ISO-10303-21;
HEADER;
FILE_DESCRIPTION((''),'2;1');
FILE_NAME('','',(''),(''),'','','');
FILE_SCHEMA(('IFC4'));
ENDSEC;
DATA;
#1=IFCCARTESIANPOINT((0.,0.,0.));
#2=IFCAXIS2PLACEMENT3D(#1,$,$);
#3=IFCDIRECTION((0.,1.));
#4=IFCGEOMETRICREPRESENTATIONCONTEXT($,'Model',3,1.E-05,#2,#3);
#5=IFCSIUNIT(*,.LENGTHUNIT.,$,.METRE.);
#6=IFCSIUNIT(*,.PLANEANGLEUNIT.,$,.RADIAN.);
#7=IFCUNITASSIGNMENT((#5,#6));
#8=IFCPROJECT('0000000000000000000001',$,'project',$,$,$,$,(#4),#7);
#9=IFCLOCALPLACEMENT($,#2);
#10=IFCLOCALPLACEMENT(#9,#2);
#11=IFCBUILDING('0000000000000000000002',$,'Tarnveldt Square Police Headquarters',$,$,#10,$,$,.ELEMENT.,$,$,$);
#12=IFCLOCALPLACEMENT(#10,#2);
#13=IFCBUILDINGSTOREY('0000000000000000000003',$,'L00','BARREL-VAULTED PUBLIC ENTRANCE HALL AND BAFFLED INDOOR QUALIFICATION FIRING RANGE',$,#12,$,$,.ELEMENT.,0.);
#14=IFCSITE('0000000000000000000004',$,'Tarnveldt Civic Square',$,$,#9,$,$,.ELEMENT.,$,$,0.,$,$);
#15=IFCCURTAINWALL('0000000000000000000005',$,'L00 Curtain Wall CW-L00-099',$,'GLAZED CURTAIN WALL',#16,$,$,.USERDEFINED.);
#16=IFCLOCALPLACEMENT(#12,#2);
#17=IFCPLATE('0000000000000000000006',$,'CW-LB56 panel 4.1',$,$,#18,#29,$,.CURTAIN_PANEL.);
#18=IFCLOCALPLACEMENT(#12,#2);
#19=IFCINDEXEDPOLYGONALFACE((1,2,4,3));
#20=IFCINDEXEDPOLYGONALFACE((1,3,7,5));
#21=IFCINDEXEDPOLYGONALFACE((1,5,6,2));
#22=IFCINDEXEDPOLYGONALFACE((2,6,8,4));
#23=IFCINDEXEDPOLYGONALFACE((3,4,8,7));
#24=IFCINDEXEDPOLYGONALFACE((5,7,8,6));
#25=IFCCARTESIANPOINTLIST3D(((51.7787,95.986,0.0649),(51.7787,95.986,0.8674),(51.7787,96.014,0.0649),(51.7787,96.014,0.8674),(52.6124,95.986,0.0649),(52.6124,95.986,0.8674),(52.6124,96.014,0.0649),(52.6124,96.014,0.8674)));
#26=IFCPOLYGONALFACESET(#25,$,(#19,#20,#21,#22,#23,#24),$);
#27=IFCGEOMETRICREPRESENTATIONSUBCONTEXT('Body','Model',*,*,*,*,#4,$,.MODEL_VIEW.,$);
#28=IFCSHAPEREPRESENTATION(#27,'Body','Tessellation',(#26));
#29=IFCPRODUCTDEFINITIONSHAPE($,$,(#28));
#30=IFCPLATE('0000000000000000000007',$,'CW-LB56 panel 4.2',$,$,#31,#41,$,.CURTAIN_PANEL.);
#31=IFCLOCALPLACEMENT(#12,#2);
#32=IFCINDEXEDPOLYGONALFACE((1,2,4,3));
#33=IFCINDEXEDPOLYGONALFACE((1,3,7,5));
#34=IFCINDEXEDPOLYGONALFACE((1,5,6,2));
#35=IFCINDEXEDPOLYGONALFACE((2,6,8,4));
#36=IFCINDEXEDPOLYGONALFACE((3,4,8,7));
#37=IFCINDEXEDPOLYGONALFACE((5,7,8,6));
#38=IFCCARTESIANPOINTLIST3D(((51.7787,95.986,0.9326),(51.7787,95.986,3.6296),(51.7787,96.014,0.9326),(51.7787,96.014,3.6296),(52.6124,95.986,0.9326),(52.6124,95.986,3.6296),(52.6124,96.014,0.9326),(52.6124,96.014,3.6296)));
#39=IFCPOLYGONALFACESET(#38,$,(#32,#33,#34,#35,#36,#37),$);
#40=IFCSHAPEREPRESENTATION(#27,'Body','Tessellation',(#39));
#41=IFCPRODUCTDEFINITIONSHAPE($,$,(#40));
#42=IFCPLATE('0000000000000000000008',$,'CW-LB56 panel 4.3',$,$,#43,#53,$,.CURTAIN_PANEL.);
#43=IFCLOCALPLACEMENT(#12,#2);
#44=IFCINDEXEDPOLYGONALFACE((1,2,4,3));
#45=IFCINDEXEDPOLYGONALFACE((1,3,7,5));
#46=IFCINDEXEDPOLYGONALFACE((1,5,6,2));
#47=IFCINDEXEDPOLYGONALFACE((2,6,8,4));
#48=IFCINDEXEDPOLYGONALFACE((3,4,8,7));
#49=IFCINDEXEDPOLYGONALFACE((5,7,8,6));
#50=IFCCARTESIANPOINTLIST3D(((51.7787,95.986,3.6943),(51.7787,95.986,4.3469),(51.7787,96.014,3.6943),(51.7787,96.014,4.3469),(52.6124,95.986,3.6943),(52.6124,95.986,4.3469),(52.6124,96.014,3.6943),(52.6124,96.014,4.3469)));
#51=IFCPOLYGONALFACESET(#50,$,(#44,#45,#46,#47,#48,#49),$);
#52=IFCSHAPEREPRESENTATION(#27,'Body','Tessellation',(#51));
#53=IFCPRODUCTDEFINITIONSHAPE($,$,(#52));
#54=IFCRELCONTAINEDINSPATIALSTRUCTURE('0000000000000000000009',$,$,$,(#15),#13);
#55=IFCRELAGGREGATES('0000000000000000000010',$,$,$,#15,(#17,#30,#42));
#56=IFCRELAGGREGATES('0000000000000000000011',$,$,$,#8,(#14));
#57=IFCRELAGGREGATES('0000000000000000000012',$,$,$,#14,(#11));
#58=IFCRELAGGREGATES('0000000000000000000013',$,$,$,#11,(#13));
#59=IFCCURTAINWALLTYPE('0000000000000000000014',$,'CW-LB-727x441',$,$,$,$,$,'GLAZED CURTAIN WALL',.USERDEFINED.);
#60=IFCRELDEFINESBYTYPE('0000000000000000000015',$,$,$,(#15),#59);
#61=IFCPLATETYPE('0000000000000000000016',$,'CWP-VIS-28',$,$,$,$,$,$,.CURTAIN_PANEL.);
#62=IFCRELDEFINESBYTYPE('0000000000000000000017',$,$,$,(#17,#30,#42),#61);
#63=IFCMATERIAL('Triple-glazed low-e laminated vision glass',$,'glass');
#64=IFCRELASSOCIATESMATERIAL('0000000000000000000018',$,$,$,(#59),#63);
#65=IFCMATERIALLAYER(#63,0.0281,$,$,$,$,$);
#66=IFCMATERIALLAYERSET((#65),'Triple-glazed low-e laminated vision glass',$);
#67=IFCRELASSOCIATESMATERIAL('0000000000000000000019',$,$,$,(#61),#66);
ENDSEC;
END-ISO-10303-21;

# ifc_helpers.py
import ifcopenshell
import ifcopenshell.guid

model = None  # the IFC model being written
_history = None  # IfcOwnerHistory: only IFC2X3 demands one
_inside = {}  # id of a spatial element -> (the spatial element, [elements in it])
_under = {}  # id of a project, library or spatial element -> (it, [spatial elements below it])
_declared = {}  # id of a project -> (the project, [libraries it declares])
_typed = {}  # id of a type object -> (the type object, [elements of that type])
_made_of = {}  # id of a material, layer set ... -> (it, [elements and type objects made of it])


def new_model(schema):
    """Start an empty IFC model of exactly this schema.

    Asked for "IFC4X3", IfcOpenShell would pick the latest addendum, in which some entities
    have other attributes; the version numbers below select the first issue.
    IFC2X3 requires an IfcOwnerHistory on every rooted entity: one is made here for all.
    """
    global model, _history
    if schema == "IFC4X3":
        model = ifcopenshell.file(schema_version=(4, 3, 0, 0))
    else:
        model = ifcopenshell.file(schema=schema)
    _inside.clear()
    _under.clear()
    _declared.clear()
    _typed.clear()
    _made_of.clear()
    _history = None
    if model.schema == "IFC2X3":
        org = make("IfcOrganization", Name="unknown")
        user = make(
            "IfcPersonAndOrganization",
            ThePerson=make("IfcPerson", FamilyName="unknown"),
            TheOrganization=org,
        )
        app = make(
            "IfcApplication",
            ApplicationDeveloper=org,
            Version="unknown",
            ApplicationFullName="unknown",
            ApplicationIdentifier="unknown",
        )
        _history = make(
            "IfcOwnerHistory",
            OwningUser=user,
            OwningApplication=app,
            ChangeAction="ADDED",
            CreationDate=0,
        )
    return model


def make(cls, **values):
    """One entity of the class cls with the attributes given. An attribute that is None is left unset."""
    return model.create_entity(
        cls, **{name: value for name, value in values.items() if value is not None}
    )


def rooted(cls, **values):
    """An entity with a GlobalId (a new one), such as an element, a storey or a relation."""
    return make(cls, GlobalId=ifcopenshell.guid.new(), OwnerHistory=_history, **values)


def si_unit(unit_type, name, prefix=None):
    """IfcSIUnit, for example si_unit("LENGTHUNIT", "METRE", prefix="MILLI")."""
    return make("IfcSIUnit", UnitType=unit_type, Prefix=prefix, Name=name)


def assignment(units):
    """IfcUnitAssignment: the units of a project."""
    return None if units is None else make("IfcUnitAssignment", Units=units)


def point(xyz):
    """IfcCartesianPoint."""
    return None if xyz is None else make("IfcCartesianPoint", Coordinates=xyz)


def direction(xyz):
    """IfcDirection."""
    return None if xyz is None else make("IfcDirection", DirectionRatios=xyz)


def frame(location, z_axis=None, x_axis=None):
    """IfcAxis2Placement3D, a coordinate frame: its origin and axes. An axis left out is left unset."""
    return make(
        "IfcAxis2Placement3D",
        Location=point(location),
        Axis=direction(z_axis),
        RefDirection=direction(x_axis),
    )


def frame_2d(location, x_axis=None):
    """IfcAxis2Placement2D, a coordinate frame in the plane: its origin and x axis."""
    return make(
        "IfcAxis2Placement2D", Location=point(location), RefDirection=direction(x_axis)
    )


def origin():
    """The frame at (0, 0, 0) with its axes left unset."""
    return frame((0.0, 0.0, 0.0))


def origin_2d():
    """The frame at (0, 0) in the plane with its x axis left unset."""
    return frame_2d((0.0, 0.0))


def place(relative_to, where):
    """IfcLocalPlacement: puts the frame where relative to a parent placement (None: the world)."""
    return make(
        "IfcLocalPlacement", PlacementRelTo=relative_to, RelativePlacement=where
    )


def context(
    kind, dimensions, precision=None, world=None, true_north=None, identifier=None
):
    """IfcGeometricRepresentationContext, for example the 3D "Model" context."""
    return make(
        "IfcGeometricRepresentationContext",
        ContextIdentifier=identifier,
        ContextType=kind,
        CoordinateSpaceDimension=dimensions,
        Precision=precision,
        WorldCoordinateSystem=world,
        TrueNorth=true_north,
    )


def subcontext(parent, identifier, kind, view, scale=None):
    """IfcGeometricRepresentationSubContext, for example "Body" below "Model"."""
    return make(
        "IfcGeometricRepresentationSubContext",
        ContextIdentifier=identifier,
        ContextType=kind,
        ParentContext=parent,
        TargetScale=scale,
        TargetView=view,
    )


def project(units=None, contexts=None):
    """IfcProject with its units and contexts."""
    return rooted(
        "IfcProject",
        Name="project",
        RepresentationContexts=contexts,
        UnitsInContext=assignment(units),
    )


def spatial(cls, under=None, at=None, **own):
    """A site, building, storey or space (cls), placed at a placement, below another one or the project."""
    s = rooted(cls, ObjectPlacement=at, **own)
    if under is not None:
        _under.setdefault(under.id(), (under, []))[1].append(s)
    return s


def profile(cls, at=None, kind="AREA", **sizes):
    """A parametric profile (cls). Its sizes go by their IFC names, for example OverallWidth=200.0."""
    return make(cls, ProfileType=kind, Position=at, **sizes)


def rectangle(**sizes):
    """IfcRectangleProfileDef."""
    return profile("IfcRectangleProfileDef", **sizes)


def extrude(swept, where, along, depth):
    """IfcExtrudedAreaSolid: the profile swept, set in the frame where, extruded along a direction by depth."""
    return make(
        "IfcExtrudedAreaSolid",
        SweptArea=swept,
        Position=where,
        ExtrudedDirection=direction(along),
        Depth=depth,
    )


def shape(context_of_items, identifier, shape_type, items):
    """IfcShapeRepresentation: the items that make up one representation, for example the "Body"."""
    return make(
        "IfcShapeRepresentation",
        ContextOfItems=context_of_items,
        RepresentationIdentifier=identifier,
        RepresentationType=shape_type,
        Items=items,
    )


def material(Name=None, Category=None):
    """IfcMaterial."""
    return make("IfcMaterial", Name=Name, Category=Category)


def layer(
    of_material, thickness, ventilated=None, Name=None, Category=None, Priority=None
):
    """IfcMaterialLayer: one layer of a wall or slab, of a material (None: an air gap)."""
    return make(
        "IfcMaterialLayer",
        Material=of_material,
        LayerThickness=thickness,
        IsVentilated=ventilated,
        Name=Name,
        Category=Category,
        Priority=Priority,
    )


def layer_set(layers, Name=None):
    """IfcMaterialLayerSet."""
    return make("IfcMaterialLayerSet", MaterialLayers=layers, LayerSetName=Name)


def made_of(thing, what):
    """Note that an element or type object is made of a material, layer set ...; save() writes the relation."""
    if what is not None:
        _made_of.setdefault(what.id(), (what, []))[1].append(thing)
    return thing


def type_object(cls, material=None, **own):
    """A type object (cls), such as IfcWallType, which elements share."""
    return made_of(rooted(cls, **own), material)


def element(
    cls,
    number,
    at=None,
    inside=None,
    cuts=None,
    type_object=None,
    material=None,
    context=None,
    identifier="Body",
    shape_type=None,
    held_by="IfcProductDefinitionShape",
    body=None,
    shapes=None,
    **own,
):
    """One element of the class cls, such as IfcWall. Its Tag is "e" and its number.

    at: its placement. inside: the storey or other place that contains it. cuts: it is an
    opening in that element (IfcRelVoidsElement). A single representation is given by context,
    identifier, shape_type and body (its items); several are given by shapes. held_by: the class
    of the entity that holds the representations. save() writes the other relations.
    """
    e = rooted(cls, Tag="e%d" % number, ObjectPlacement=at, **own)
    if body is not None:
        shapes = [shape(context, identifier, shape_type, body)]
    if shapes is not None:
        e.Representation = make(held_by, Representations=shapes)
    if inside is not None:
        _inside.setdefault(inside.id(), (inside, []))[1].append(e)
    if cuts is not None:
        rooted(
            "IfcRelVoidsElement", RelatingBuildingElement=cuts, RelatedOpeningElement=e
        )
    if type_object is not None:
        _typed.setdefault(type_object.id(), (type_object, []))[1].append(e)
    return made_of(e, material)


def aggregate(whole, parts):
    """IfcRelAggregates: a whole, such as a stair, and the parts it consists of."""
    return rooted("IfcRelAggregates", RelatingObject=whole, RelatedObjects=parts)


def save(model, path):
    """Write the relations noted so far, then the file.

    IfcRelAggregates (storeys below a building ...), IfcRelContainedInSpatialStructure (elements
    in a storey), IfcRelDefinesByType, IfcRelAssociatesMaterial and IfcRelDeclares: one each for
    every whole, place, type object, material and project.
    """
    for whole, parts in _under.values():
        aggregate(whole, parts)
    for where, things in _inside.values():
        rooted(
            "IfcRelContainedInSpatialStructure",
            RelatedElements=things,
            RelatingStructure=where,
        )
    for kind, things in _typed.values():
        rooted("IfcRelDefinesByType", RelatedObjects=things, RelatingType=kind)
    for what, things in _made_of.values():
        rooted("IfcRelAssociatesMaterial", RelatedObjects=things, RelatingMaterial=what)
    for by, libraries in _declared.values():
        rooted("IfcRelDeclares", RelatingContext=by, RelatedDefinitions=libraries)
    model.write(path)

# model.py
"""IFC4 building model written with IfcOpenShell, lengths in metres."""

from ifc_helpers import new_model, si_unit, direction, frame, origin, origin_2d, place, context, subcontext, project, spatial, rectangle, extrude, material, layer, layer_set, type_object, element, aggregate, save


model = new_model("IFC4")

# Units and contexts
model_context = context("Model", 3, precision=1e-05, world=origin(), true_north=direction((0.0, 1.0)))
body_context = subcontext(model_context, "Body", "Model", "MODEL_VIEW")
ifc_project = project(units=[si_unit("LENGTHUNIT", "METRE"), si_unit("PLANEANGLEUNIT", "RADIAN")], contexts=[model_context])

# Site, building, storey
site_placement = place(None, origin())
site = spatial("IfcSite", under=ifc_project, at=site_placement, Name="Tarnveldt Civic Square", CompositionType="ELEMENT", RefElevation=0.0)
building_placement = place(site_placement, origin())
building = spatial("IfcBuilding", under=site, at=building_placement, Name="Tarnveldt Square Police Headquarters", CompositionType="ELEMENT")
storey_placement = place(building_placement, origin())
storey = spatial("IfcBuildingStorey", under=building, at=storey_placement, Name="L00", Description="BARREL-VAULTED PUBLIC ENTRANCE HALL AND BAFFLED INDOOR QUALIFICATION FIRING RANGE", CompositionType="ELEMENT", Elevation=0.0)

# Curtain wall, plates
ifc_material_1 = material(Name="Triple-glazed low-e laminated vision glass", Category="glass")
curtain_wall_type = type_object("IfcCurtainWallType", Name="CW-LB-727x441", ElementType="GLAZED CURTAIN WALL", PredefinedType="USERDEFINED", material=ifc_material_1)
curtain_wall_placement = place(storey_placement, origin())
curtain_wall = element("IfcCurtainWall", 1, at=curtain_wall_placement, inside=storey, type_object=curtain_wall_type, Name="L00 Curtain Wall CW-L00-099", ObjectType="GLAZED CURTAIN WALL", PredefinedType="USERDEFINED")
ifc_layer = layer(ifc_material_1, 0.0281)
ifc_layer_set = layer_set([ifc_layer], Name="Triple-glazed low-e laminated vision glass")
plate_type = type_object("IfcPlateType", Name="CWP-VIS-28", PredefinedType="CURTAIN_PANEL", material=ifc_layer_set)
plate_1_placement = place(storey_placement, frame((52.1956, 96.0, 0.0649), z_axis=(0.0, 0.0, 1.0), x_axis=(1.0, 0.0, 0.0)))
plate_1 = element("IfcPlate", 2, at=plate_1_placement, type_object=plate_type, Name="CW-LB56 panel 4.1", PredefinedType="CURTAIN_PANEL", context=body_context, shape_type="SweptSolid", body=[
    extrude(rectangle(XDim=0.8337, YDim=0.0281, at=origin_2d()), origin(), (0.0, 0.0, 1.0), 0.8025),
])
plate_2_placement = place(storey_placement, frame((52.1956, 96.0, 0.9326), z_axis=(0.0, 0.0, 1.0), x_axis=(1.0, 0.0, 0.0)))
plate_2 = element("IfcPlate", 3, at=plate_2_placement, type_object=plate_type, Name="CW-LB56 panel 4.2", PredefinedType="CURTAIN_PANEL", context=body_context, shape_type="SweptSolid", body=[
    extrude(rectangle(XDim=0.8337, YDim=0.0281, at=origin_2d()), origin(), (0.0, 0.0, 1.0), 2.697),
])
plate_3_placement = place(storey_placement, frame((52.1956, 96.0, 3.6943), z_axis=(0.0, 0.0, 1.0), x_axis=(1.0, 0.0, 0.0)))
plate_3 = element("IfcPlate", 4, at=plate_3_placement, type_object=plate_type, Name="CW-LB56 panel 4.3", PredefinedType="CURTAIN_PANEL", context=body_context, shape_type="SweptSolid", body=[
    extrude(rectangle(XDim=0.8337, YDim=0.0281, at=origin_2d()), origin(), (0.0, 0.0, 1.0), 0.6526),
])
aggregate(curtain_wall, [plate_1, plate_2, plate_3])

save(model, "model.ifc")
